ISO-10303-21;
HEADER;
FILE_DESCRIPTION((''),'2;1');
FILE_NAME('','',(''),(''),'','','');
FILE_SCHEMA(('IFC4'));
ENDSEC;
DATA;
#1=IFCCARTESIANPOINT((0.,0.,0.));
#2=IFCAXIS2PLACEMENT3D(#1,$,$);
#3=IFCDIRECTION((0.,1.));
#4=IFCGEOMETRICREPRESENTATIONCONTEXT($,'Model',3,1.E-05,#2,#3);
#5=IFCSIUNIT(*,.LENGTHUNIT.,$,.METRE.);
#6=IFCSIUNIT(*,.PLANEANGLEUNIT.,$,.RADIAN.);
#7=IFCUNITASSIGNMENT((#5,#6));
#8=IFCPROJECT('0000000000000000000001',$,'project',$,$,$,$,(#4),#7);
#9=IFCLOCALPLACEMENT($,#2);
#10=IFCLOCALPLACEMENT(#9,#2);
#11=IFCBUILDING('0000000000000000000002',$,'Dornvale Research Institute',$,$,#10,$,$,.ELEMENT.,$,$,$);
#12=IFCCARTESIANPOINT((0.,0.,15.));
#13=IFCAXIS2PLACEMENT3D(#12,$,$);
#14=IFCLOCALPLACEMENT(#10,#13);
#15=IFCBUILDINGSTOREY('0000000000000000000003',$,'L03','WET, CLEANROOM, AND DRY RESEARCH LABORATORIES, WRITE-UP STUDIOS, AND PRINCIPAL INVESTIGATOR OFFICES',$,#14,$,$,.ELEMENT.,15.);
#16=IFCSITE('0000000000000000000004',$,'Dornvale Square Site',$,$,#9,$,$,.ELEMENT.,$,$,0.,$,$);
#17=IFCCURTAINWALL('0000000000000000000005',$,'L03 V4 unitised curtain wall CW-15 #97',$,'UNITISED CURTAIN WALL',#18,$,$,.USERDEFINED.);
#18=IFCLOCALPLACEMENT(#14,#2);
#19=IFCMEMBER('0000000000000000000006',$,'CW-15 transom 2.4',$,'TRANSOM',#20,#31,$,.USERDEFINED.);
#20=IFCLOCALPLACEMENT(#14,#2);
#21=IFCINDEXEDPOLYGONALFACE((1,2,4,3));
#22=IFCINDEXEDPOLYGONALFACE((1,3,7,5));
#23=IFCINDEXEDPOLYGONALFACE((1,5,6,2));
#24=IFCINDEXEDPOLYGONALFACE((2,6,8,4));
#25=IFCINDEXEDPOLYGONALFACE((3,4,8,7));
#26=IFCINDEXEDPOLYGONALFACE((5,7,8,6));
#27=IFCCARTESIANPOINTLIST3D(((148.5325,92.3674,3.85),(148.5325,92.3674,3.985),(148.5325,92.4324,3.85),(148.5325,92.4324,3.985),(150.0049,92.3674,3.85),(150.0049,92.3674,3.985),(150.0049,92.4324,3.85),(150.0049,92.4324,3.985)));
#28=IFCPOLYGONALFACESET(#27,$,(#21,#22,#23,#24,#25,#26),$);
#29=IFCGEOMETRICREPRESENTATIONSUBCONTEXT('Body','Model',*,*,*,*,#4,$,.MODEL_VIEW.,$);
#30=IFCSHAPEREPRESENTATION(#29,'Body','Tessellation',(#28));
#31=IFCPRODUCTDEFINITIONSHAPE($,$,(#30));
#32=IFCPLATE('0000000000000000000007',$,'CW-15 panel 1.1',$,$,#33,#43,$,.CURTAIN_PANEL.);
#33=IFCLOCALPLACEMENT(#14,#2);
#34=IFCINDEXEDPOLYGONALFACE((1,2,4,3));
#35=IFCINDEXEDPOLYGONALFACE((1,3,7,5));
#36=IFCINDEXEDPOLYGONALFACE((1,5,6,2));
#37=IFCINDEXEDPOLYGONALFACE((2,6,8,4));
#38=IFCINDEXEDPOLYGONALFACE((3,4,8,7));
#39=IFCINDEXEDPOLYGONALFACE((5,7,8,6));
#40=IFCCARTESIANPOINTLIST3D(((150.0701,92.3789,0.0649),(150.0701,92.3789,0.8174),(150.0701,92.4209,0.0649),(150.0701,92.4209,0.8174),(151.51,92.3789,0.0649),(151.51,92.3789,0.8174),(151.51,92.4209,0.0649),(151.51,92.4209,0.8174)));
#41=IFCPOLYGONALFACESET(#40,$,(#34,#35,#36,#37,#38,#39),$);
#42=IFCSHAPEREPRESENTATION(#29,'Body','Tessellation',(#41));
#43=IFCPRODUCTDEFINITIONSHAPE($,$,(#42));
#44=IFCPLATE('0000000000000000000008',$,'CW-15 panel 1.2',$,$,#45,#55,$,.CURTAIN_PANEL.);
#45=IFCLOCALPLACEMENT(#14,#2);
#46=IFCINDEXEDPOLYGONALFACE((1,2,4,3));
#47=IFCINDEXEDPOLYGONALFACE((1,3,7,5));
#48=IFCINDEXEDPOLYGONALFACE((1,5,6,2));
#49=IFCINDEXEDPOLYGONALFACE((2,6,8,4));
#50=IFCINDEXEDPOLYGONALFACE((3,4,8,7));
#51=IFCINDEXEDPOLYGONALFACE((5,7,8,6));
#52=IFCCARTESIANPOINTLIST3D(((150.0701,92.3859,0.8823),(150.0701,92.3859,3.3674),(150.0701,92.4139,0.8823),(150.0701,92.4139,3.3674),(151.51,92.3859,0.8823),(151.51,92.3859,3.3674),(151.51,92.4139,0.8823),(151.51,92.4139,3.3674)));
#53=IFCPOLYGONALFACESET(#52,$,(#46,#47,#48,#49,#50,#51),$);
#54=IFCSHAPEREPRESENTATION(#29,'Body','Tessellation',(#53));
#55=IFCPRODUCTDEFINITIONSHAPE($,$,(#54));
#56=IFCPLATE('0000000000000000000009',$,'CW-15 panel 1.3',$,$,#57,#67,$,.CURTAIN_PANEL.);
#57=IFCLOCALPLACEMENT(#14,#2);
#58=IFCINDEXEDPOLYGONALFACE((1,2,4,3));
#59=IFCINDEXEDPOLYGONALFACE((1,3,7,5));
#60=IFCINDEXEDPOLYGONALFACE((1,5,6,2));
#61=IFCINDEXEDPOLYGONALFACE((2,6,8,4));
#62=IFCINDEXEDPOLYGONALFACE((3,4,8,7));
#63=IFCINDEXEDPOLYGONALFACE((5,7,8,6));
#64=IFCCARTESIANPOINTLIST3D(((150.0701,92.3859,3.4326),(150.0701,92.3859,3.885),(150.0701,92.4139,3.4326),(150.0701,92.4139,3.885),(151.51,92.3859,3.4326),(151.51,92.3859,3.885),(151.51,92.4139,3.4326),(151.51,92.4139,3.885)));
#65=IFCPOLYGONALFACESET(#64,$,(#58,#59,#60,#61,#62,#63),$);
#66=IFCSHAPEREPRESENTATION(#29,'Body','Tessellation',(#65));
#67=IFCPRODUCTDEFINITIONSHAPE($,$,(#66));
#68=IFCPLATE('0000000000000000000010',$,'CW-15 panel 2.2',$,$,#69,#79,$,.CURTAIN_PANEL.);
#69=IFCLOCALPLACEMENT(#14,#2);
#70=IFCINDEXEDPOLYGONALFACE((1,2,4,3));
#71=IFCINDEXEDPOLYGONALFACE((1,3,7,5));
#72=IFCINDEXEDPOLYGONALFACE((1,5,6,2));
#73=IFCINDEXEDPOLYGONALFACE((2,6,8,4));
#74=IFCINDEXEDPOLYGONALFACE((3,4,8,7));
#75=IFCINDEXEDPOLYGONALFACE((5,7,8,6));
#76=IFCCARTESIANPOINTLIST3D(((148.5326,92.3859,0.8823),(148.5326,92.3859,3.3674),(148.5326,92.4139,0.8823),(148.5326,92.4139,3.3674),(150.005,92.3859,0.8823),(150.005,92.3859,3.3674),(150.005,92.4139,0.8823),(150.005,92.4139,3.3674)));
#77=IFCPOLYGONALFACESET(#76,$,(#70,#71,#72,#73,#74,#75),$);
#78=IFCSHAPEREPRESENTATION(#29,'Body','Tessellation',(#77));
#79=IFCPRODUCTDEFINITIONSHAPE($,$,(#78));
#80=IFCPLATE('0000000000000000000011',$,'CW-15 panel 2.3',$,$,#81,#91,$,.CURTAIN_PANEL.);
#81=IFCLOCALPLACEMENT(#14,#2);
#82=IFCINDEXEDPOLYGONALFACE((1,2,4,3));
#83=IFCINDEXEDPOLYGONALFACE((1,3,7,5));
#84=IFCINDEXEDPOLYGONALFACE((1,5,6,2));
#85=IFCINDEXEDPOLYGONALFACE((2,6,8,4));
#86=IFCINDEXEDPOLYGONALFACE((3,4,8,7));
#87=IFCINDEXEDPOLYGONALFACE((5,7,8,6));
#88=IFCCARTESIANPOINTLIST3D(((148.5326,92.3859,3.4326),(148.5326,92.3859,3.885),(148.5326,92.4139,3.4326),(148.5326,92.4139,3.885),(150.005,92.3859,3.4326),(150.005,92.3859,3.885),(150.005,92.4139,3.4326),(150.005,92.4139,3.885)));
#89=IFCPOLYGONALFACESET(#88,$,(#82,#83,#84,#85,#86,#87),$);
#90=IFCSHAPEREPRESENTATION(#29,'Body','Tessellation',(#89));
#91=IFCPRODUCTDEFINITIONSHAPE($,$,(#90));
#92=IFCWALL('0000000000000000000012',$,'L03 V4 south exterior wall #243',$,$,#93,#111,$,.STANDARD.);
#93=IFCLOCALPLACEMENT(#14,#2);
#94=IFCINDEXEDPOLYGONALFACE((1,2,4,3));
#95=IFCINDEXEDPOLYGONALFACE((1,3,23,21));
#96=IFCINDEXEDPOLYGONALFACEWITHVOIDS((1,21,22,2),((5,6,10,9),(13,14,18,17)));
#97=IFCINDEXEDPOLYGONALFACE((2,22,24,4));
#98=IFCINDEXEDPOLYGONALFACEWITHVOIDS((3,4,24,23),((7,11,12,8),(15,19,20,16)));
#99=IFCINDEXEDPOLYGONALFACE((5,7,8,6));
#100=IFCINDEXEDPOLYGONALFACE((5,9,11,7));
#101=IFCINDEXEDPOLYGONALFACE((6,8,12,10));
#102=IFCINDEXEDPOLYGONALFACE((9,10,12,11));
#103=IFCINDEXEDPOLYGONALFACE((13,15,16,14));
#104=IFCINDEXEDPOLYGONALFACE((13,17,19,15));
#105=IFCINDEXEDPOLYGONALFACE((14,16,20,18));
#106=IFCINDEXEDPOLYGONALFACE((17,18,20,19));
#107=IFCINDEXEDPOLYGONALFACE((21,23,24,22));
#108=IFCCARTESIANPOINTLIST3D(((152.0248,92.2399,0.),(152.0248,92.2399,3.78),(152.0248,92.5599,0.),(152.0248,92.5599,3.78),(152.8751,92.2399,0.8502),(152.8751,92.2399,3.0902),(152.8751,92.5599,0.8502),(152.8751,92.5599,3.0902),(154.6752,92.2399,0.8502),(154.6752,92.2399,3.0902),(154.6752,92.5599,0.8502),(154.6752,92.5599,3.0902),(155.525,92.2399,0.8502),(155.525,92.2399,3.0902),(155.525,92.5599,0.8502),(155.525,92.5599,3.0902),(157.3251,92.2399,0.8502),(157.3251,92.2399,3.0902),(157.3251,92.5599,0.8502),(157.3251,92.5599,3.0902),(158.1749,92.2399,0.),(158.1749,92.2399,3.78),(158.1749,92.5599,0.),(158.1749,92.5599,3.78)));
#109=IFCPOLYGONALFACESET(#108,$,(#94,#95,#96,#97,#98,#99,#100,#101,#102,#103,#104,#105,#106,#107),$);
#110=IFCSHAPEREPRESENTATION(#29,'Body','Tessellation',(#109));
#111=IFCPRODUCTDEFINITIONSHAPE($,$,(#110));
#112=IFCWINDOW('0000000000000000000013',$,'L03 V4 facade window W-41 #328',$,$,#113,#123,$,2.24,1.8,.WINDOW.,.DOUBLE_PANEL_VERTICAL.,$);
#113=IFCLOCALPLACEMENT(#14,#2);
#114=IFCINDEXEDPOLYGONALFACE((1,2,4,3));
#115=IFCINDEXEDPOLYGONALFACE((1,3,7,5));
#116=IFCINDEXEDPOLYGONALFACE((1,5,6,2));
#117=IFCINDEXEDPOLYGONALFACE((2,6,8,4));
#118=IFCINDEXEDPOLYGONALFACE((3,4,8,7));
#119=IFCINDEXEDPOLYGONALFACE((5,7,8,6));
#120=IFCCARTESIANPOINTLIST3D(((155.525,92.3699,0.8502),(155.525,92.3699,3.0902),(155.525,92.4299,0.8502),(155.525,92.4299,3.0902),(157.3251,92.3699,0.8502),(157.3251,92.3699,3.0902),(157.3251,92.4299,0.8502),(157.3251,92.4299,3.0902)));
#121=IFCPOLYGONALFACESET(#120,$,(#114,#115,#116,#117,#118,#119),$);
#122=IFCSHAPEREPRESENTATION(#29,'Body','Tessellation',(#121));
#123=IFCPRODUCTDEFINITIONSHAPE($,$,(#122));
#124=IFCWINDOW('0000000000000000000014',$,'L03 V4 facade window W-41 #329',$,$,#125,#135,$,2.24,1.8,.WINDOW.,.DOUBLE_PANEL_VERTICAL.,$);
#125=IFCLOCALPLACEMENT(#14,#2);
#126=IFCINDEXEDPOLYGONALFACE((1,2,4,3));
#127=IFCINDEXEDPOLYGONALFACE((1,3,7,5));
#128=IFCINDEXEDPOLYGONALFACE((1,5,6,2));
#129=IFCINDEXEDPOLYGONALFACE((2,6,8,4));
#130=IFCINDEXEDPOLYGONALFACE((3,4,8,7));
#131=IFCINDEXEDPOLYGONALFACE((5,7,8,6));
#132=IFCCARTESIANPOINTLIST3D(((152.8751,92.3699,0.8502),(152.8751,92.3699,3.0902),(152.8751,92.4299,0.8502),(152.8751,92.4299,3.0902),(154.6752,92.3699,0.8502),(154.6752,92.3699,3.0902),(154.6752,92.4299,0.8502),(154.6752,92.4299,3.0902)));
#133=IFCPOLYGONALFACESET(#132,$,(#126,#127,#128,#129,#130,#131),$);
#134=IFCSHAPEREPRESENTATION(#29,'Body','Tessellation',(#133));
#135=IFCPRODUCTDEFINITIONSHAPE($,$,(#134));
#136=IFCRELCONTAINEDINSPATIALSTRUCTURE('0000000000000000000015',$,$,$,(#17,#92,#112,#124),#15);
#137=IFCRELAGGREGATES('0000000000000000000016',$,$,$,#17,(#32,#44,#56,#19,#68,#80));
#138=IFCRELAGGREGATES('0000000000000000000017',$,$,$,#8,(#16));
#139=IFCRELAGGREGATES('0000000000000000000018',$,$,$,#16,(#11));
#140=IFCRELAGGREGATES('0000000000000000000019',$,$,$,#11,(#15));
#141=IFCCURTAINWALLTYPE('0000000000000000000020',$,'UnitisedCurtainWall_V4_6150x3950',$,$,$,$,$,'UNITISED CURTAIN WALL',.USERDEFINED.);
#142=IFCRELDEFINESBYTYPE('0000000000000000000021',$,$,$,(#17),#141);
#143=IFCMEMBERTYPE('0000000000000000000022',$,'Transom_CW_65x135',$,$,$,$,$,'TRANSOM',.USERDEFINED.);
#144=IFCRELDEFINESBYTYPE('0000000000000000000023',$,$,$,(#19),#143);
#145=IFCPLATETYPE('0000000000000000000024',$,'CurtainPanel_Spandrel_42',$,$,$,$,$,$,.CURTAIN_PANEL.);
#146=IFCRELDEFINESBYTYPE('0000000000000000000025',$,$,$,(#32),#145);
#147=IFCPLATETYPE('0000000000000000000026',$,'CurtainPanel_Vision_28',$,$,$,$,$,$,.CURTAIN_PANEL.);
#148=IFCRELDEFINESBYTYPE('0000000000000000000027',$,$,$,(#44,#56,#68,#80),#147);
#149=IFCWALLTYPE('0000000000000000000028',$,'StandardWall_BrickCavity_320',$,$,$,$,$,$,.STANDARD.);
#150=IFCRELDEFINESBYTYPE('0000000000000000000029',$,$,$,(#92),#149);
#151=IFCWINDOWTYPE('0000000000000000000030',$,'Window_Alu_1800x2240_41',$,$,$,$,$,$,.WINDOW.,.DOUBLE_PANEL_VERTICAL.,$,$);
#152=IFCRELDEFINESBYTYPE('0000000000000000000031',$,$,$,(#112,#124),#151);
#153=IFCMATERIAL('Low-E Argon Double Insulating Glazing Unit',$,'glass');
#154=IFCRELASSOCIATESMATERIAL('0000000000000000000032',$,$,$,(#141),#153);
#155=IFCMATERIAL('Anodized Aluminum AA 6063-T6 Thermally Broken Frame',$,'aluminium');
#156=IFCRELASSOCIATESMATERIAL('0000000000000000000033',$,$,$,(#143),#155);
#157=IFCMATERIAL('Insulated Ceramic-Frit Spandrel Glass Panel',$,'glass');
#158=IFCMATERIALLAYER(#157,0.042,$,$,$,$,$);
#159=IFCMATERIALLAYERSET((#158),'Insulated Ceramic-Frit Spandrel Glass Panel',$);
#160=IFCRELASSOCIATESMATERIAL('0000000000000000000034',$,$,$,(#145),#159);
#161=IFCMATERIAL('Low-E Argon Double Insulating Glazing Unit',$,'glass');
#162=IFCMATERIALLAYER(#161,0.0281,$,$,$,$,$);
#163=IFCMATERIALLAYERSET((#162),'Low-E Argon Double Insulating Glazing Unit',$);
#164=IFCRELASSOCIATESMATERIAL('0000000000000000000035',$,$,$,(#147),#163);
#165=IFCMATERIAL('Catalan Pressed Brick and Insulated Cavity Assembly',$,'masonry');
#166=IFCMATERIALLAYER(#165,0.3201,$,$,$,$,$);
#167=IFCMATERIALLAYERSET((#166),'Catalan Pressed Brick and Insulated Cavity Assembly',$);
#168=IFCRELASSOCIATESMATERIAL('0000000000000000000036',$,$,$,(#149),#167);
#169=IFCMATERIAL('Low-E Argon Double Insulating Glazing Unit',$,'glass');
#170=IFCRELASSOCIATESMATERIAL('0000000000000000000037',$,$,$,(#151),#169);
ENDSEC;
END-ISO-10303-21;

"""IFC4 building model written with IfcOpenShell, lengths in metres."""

from ifc_helpers import new_model, si_unit, direction, frame, frame_2d, origin, origin_2d, place, context, subcontext, project, spatial, rectangle, extrude, material, layer, layer_set, material_profile, profile_set, type_object, element, fill, aggregate, save


model = new_model("IFC4")

# Units and contexts
model_context = context("Model", 3, precision=1e-05, world=origin(), true_north=direction((0.0, 1.0)))
body_context = subcontext(model_context, "Body", "Model", "MODEL_VIEW")
ifc_project = project(units=[si_unit("LENGTHUNIT", "METRE"), si_unit("PLANEANGLEUNIT", "RADIAN")], contexts=[model_context])

# Site, building, storey
site_placement = place(None, origin())
site = spatial("IfcSite", under=ifc_project, at=site_placement, Name="Dornvale Square Site", CompositionType="ELEMENT", RefElevation=0.0)
building_placement = place(site_placement, origin())
building = spatial("IfcBuilding", under=site, at=building_placement, Name="Dornvale Research Institute", CompositionType="ELEMENT")
storey_placement = place(building_placement, frame((0.0, 0.0, 15.0)))
storey = spatial("IfcBuildingStorey", under=building, at=storey_placement, Name="L03", Description="WET, CLEANROOM, AND DRY RESEARCH LABORATORIES, WRITE-UP STUDIOS, AND PRINCIPAL INVESTIGATOR OFFICES", CompositionType="ELEMENT", Elevation=15.0)

# Curtain wall
ifc_material_1 = material(Name="Low-E Argon Double Insulating Glazing Unit", Category="glass")
curtain_wall_type = type_object("IfcCurtainWallType", Name="UnitisedCurtainWall_V4_6150x3950", ElementType="UNITISED CURTAIN WALL", PredefinedType="USERDEFINED", material=ifc_material_1)
curtain_wall_placement = place(storey_placement, origin())
curtain_wall = element("IfcCurtainWall", 1, at=curtain_wall_placement, inside=storey, type_object=curtain_wall_type, Name="L03 V4 unitised curtain wall CW-15 #97", ObjectType="UNITISED CURTAIN WALL", PredefinedType="USERDEFINED")

# Member
ifc_material_2 = material(Name="Anodized Aluminum AA 6063-T6 Thermally Broken Frame", Category="aluminium")
ifc_material_profile_1 = material_profile(ifc_material_2, rectangle(XDim=0.0649, YDim=0.135, at=origin_2d()), Name="ALU TRANSOM 65x135")
ifc_profile_set_1 = profile_set([ifc_material_profile_1], Name="Anodized Aluminum AA 6063-T6 Thermally Broken Frame")
member_type_1 = type_object("IfcMemberType", Name="Transom_CW_65x135", ElementType="TRANSOM", PredefinedType="USERDEFINED", material=ifc_profile_set_1)
member_1_placement = place(storey_placement, frame((150.0049, 92.3999, 3.9175), z_axis=(-1.0, 0.0, 0.0), x_axis=(0.0, -1.0, 0.0)))
member_1 = element("IfcMember", 2, at=member_1_placement, type_object=member_type_1, Name="CW-15 transom 2.4", ObjectType="TRANSOM", PredefinedType="USERDEFINED", context=body_context, shape_type="SweptSolid", body=[
    extrude(rectangle(XDim=0.0649, YDim=0.135, at=origin_2d()), origin(), (0.0, 0.0, 1.0), 1.4724),
])

# Plates
ifc_material_3 = material(Name="Insulated Ceramic-Frit Spandrel Glass Panel", Category="glass")
ifc_layer_1 = layer(ifc_material_3, 0.042)
ifc_layer_set_1 = layer_set([ifc_layer_1], Name="Insulated Ceramic-Frit Spandrel Glass Panel")
plate_type_1 = type_object("IfcPlateType", Name="CurtainPanel_Spandrel_42", PredefinedType="CURTAIN_PANEL", material=ifc_layer_set_1)
plate_1_placement = place(storey_placement, frame((150.79, 92.3999, 0.0649), z_axis=(0.0, 0.0, 1.0), x_axis=(-1.0, 0.0, 0.0)))
plate_1 = element("IfcPlate", 3, at=plate_1_placement, type_object=plate_type_1, Name="CW-15 panel 1.1", PredefinedType="CURTAIN_PANEL", context=body_context, shape_type="SweptSolid", body=[
    extrude(rectangle(XDim=1.4399, YDim=0.042, at=origin_2d()), origin(), (0.0, 0.0, 1.0), 0.7524),
])
ifc_material_4 = material(Name="Low-E Argon Double Insulating Glazing Unit", Category="glass")
ifc_layer_2 = layer(ifc_material_4, 0.0281)
ifc_layer_set_2 = layer_set([ifc_layer_2], Name="Low-E Argon Double Insulating Glazing Unit")
plate_type_2 = type_object("IfcPlateType", Name="CurtainPanel_Vision_28", PredefinedType="CURTAIN_PANEL", material=ifc_layer_set_2)
plate_2_placement = place(storey_placement, frame((150.79, 92.3999, 0.8823), z_axis=(0.0, 0.0, 1.0), x_axis=(-1.0, 0.0, 0.0)))
plate_2 = element("IfcPlate", 4, at=plate_2_placement, type_object=plate_type_2, Name="CW-15 panel 1.2", PredefinedType="CURTAIN_PANEL", context=body_context, shape_type="SweptSolid", body=[
    extrude(rectangle(XDim=1.4399, YDim=0.0281, at=origin_2d()), origin(), (0.0, 0.0, 1.0), 2.4851),
])
plate_3_placement = place(storey_placement, frame((150.79, 92.3999, 3.4326), z_axis=(0.0, 0.0, 1.0), x_axis=(-1.0, 0.0, 0.0)))
plate_3 = element("IfcPlate", 5, at=plate_3_placement, type_object=plate_type_2, Name="CW-15 panel 1.3", PredefinedType="CURTAIN_PANEL", context=body_context, shape_type="SweptSolid", body=[
    extrude(rectangle(XDim=1.4399, YDim=0.0281, at=origin_2d()), origin(), (0.0, 0.0, 1.0), 0.4524),
])
plate_4_placement = place(storey_placement, frame((149.2688, 92.3999, 0.8823), z_axis=(0.0, 0.0, 1.0), x_axis=(-1.0, 0.0, 0.0)))
plate_4 = element("IfcPlate", 6, at=plate_4_placement, type_object=plate_type_2, Name="CW-15 panel 2.2", PredefinedType="CURTAIN_PANEL", context=body_context, shape_type="SweptSolid", body=[
    extrude(rectangle(XDim=1.4724, YDim=0.0281, at=origin_2d()), origin(), (0.0, 0.0, 1.0), 2.4851),
])
plate_5_placement = place(storey_placement, frame((149.2688, 92.3999, 3.4326), z_axis=(0.0, 0.0, 1.0), x_axis=(-1.0, 0.0, 0.0)))
plate_5 = element("IfcPlate", 7, at=plate_5_placement, type_object=plate_type_2, Name="CW-15 panel 2.3", PredefinedType="CURTAIN_PANEL", context=body_context, shape_type="SweptSolid", body=[
    extrude(rectangle(XDim=1.4724, YDim=0.0281, at=origin_2d()), origin(), (0.0, 0.0, 1.0), 0.4524),
])
aggregate(curtain_wall, [plate_1, plate_2, plate_3, member_1, plate_4, plate_5])

# Wall, openings, windows
ifc_material_5 = material(Name="Catalan Pressed Brick and Insulated Cavity Assembly", Category="masonry")
ifc_layer_3 = layer(ifc_material_5, 0.3201)
ifc_layer_set_3 = layer_set([ifc_layer_3], Name="Catalan Pressed Brick and Insulated Cavity Assembly")
wall_type = type_object("IfcWallType", Name="StandardWall_BrickCavity_320", PredefinedType="STANDARD", material=ifc_layer_set_3)
wall_placement = place(storey_placement, frame((158.175, 92.3999, 0.0), z_axis=(0.0, 0.0, 1.0), x_axis=(-1.0, 0.0, 0.0)))
wall = element("IfcWall", 8, at=wall_placement, inside=storey, type_object=wall_type, Name="L03 V4 south exterior wall #243", PredefinedType="STANDARD", context=body_context, shape_type="SweptSolid", body=[
    extrude(rectangle(XDim=6.1501, YDim=0.3201, at=frame_2d((3.0752, 0.0))), origin(), (0.0, 0.0, 1.0), 3.78),
])
opening_1_placement = place(wall_placement, frame((0.8501, 0.0, 0.8501)))
opening_1 = element("IfcOpeningElement", 9, at=opening_1_placement, cuts=wall, PredefinedType="OPENING", context=body_context, shape_type="SweptSolid", body=[
    extrude(rectangle(XDim=1.8, YDim=2.24, at=frame_2d((0.8999, 1.1201))), frame((0.0, 0.175, 0.0), z_axis=(0.0, -1.0, 0.0), x_axis=(1.0, 0.0, 0.0)), (0.0, 0.0, 1.0), 0.3501),
])
opening_2_placement = place(wall_placement, frame((3.5, 0.0, 0.8501)))
opening_2 = element("IfcOpeningElement", 10, at=opening_2_placement, cuts=wall, PredefinedType="OPENING", context=body_context, shape_type="SweptSolid", body=[
    extrude(rectangle(XDim=1.8, YDim=2.24, at=frame_2d((0.8999, 1.1201))), frame((0.0, 0.175, 0.0), z_axis=(0.0, -1.0, 0.0), x_axis=(1.0, 0.0, 0.0)), (0.0, 0.0, 1.0), 0.3501),
])
ifc_material_6 = material(Name="Low-E Argon Double Insulating Glazing Unit", Category="glass")
window_type = type_object("IfcWindowType", Name="Window_Alu_1800x2240_41", PartitioningType="DOUBLE_PANEL_VERTICAL", PredefinedType="WINDOW", material=ifc_material_6)
window_1_placement = place(opening_1_placement, origin())
window_1 = element("IfcWindow", 11, at=window_1_placement, inside=storey, type_object=window_type, Name="L03 V4 facade window W-41 #328", OverallHeight=2.24, OverallWidth=1.8, PartitioningType="DOUBLE_PANEL_VERTICAL", PredefinedType="WINDOW", context=body_context, shape_type="SweptSolid", body=[
    extrude(rectangle(XDim=1.8, YDim=2.24, at=frame_2d((0.8999, 1.1201))), frame((0.0, 0.03, 0.0), z_axis=(0.0, -1.0, 0.0), x_axis=(1.0, 0.0, 0.0)), (0.0, 0.0, 1.0), 0.0601),
])
fill(opening_1, window_1)
window_2_placement = place(opening_2_placement, origin())
window_2 = element("IfcWindow", 12, at=window_2_placement, inside=storey, type_object=window_type, Name="L03 V4 facade window W-41 #329", OverallHeight=2.24, OverallWidth=1.8, PartitioningType="DOUBLE_PANEL_VERTICAL", PredefinedType="WINDOW", context=body_context, shape_type="SweptSolid", body=[
    extrude(rectangle(XDim=1.8, YDim=2.24, at=frame_2d((0.8999, 1.1201))), frame((0.0, 0.03, 0.0), z_axis=(0.0, -1.0, 0.0), x_axis=(1.0, 0.0, 0.0)), (0.0, 0.0, 1.0), 0.0601),
])
fill(opening_2, window_2)

save(model, "model.ifc")
